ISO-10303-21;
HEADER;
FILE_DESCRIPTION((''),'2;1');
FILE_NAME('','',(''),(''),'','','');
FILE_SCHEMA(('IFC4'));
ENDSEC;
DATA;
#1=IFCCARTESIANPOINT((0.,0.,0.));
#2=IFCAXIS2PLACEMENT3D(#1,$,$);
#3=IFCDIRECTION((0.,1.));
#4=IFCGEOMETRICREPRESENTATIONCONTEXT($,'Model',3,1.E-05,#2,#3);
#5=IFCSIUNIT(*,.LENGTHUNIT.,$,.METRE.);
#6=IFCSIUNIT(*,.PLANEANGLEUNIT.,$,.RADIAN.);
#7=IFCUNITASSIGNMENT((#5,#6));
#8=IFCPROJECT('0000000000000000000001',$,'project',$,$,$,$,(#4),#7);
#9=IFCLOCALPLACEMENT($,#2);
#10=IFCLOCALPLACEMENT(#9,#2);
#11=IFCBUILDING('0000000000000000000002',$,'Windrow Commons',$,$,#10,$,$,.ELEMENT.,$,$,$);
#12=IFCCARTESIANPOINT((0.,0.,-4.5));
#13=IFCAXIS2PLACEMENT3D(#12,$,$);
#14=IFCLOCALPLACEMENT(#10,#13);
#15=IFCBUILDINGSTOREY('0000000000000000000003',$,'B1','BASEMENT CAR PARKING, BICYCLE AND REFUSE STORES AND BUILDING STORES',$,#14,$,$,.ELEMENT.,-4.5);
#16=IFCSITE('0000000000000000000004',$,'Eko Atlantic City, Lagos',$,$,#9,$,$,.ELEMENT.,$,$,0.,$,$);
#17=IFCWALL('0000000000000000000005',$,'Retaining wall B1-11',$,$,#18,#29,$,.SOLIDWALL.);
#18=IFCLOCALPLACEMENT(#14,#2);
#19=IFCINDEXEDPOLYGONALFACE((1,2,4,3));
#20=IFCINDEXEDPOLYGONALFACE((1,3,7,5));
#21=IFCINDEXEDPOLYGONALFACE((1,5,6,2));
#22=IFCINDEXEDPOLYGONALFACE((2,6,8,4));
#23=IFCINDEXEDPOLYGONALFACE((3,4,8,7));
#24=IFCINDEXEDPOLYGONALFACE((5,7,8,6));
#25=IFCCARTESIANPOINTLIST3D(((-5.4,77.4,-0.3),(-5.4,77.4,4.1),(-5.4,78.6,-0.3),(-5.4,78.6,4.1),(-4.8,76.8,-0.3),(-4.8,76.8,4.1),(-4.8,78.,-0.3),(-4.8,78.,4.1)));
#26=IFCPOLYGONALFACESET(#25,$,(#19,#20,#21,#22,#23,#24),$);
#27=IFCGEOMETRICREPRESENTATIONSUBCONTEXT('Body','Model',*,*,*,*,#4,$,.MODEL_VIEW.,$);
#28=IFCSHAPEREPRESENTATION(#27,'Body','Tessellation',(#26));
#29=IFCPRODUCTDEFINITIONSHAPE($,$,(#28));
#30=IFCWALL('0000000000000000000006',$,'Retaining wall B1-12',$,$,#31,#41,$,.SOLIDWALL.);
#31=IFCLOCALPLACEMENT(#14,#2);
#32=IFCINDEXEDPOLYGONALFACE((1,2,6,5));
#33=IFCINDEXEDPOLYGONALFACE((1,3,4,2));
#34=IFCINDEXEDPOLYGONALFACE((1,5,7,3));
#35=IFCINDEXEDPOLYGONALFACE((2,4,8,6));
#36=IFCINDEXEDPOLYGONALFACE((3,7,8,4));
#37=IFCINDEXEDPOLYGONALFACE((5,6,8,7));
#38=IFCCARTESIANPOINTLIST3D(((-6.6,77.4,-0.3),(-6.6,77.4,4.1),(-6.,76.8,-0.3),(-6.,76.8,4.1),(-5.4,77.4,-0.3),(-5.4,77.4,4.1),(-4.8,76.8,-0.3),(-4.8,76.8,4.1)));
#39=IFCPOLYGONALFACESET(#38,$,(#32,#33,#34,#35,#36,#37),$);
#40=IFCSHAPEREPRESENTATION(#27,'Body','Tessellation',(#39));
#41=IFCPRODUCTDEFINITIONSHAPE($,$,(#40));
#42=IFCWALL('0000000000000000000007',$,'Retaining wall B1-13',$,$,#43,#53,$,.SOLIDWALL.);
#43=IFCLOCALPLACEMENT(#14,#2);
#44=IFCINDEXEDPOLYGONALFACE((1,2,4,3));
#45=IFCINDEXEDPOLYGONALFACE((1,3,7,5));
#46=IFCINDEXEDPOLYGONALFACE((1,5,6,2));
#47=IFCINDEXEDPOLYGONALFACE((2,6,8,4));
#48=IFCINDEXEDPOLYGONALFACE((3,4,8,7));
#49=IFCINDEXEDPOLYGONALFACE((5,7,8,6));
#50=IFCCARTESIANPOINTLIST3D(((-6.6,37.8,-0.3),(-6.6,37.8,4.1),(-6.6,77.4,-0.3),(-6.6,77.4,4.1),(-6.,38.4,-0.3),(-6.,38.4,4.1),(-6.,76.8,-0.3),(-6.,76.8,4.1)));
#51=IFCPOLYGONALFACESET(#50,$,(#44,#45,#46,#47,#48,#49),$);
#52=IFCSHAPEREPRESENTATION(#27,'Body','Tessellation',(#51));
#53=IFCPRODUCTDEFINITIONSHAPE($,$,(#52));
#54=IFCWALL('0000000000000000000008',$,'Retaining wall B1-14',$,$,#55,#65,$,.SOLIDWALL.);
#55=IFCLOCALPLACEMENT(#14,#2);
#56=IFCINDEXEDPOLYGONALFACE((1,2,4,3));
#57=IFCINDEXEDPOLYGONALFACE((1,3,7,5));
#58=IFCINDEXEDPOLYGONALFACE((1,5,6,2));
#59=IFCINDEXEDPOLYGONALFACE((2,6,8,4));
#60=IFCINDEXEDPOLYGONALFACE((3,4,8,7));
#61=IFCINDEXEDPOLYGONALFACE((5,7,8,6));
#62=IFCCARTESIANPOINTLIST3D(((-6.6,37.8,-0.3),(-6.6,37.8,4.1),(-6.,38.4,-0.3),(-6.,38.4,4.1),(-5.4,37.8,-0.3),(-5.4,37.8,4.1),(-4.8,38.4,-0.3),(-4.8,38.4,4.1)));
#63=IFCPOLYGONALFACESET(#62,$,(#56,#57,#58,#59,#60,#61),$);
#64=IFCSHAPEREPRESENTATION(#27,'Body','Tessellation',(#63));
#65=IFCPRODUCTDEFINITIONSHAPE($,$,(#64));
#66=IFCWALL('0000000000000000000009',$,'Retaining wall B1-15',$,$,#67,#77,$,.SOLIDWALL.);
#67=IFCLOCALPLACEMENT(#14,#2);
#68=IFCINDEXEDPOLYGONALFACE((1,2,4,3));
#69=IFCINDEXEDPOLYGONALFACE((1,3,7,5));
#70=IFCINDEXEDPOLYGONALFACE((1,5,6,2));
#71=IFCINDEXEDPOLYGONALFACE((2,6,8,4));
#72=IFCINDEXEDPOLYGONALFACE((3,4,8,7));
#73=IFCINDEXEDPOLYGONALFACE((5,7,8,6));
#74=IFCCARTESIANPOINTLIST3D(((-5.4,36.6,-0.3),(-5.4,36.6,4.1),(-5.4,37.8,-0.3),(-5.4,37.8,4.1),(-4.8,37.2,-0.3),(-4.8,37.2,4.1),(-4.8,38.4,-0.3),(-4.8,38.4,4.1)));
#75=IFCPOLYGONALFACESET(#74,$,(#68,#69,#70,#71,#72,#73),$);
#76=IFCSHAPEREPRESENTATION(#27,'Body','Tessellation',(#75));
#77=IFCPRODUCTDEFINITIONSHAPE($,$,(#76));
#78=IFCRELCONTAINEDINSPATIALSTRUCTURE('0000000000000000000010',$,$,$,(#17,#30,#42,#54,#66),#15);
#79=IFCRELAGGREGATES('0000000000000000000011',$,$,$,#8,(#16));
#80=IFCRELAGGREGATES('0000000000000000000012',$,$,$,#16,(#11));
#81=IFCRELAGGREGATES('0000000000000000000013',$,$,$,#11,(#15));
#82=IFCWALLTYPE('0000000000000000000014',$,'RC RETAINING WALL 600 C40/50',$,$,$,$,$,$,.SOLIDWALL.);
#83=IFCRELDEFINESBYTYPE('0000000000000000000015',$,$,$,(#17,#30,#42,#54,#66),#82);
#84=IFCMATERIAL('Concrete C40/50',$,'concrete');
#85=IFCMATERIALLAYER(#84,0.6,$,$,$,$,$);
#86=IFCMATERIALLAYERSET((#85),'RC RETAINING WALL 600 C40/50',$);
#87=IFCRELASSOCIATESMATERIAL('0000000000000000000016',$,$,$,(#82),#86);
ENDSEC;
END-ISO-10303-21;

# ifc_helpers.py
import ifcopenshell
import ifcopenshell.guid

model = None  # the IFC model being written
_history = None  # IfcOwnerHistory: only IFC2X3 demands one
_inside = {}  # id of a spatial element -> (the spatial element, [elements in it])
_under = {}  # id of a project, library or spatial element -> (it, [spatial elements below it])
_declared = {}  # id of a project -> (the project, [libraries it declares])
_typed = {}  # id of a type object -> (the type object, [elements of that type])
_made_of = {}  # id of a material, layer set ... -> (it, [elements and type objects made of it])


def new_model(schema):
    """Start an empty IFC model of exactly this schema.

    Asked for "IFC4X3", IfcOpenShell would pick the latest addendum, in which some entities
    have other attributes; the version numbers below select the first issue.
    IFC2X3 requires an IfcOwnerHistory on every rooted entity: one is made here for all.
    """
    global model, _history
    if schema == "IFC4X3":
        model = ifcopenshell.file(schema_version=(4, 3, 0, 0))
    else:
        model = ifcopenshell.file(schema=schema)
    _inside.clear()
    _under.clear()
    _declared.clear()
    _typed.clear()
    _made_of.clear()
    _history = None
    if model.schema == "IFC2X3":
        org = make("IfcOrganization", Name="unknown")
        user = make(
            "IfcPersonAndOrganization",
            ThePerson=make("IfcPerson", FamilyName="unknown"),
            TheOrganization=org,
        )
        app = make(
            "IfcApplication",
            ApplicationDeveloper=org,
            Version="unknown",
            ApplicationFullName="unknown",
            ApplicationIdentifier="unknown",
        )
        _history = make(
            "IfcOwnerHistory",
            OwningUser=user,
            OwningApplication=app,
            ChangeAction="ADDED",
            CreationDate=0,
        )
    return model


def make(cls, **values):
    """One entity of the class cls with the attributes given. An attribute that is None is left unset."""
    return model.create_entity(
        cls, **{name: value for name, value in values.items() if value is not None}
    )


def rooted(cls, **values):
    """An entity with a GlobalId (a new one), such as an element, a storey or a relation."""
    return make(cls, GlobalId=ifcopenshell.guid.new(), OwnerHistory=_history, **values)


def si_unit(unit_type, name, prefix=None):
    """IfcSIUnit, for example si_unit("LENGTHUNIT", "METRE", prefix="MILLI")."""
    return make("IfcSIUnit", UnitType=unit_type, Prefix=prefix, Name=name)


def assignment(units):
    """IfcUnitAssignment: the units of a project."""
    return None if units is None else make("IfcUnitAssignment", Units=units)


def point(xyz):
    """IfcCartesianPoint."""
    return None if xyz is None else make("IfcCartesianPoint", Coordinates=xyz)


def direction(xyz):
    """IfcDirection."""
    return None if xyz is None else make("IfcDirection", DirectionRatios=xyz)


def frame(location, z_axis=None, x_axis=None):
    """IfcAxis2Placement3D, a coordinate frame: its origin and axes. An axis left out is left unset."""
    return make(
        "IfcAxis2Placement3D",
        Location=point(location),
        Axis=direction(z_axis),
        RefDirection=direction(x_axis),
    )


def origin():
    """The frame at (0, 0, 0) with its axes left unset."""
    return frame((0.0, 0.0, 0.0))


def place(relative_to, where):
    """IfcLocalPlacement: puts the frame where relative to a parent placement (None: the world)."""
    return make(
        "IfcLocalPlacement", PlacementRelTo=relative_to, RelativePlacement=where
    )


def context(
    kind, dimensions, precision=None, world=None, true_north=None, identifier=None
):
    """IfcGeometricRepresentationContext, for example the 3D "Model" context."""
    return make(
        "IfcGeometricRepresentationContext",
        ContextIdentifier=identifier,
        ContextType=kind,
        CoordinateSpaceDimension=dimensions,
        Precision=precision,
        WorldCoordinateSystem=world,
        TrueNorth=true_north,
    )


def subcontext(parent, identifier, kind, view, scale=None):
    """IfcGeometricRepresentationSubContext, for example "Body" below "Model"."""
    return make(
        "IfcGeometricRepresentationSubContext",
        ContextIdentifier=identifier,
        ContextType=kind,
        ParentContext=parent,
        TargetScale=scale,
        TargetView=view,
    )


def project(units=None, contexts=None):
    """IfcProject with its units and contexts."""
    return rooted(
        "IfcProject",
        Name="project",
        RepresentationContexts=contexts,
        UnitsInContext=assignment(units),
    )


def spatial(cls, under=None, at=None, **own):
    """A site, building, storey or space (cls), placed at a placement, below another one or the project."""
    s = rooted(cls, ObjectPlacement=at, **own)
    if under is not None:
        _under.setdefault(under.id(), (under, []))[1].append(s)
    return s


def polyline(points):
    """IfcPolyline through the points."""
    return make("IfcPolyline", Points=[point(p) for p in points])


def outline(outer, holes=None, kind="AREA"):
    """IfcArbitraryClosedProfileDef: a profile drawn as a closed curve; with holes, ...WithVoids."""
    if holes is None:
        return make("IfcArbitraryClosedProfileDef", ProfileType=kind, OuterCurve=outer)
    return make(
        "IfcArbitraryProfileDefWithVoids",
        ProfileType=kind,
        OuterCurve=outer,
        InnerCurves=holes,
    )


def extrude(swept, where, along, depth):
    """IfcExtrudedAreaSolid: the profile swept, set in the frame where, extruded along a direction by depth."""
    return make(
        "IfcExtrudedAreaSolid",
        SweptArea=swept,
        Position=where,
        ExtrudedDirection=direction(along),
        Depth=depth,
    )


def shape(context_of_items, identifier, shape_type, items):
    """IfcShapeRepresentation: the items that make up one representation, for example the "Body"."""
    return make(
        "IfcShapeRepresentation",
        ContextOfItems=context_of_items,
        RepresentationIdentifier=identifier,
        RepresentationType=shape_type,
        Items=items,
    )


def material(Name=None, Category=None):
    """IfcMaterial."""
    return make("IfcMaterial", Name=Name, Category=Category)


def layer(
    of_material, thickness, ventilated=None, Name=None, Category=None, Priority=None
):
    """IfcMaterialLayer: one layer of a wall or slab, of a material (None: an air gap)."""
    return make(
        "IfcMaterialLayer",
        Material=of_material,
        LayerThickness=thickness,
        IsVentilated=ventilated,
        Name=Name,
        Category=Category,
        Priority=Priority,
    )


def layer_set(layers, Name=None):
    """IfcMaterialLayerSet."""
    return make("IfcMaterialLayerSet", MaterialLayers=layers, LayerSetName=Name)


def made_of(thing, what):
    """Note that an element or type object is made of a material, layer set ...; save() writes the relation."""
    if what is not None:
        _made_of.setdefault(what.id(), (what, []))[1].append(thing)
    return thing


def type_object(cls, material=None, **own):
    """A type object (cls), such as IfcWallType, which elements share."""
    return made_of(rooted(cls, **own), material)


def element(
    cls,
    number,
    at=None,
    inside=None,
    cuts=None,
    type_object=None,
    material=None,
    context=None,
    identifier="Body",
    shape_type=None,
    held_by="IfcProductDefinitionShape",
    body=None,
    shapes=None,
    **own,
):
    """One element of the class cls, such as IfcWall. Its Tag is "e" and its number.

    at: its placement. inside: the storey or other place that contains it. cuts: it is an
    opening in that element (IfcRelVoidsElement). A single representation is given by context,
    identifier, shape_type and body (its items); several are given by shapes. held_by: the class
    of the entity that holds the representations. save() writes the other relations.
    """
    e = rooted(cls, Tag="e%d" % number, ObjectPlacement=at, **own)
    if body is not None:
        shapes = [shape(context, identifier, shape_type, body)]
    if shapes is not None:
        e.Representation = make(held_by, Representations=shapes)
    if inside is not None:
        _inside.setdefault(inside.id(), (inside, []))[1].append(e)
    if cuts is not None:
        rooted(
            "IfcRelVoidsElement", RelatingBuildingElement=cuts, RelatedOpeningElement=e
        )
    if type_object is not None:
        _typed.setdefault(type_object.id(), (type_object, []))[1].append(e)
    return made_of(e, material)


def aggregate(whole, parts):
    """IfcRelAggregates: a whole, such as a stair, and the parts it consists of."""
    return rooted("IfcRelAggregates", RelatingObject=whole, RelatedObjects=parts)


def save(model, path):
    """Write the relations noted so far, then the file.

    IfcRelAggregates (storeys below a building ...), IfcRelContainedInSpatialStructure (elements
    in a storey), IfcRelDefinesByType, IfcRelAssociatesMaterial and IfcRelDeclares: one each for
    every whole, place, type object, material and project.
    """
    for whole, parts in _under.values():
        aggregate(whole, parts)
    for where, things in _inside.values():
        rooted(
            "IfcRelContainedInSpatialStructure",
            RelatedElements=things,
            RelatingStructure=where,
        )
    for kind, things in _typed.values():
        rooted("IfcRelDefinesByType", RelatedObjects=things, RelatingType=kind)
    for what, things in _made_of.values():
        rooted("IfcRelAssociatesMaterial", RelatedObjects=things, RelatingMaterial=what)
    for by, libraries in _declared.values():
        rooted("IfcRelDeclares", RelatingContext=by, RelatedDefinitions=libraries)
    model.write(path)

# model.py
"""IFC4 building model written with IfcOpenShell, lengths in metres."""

from ifc_helpers import new_model, si_unit, direction, frame, origin, place, context, subcontext, project, spatial, polyline, outline, extrude, material, layer, layer_set, type_object, element, save


model = new_model("IFC4")

# Units and contexts
model_context = context("Model", 3, precision=1e-05, world=origin(), true_north=direction((0.0, 1.0)))
body_context = subcontext(model_context, "Body", "Model", "MODEL_VIEW")
ifc_project = project(units=[si_unit("LENGTHUNIT", "METRE"), si_unit("PLANEANGLEUNIT", "RADIAN")], contexts=[model_context])

# Site, building, storey
site_placement = place(None, origin())
site = spatial("IfcSite", under=ifc_project, at=site_placement, Name="Eko Atlantic City, Lagos", CompositionType="ELEMENT", RefElevation=0.0)
building_placement = place(site_placement, origin())
building = spatial("IfcBuilding", under=site, at=building_placement, Name="Windrow Commons", CompositionType="ELEMENT")
storey_placement = place(building_placement, frame((0.0, 0.0, -4.5)))
storey = spatial("IfcBuildingStorey", under=building, at=storey_placement, Name="B1", Description="BASEMENT CAR PARKING, BICYCLE AND REFUSE STORES AND BUILDING STORES", CompositionType="ELEMENT", Elevation=-4.5)

# Shared definitions
placement_1 = place(storey_placement, frame((0.0, 0.0, -0.3)))

# Walls
ifc_material_1 = material(Name="Concrete C40/50", Category="concrete")
ifc_layer_1 = layer(ifc_material_1, 0.6)
ifc_layer_set_1 = layer_set([ifc_layer_1], Name="RC RETAINING WALL 600 C40/50")
wall_type_1 = type_object("IfcWallType", Name="RC RETAINING WALL 600 C40/50", PredefinedType="SOLIDWALL", material=ifc_layer_set_1)
element("IfcWall", 1, at=placement_1, inside=storey, type_object=wall_type_1, Name="Retaining wall B1-11", PredefinedType="SOLIDWALL", context=body_context, shape_type="SweptSolid", body=[
    extrude(outline(polyline([(-4.8, 78.0), (-4.8, 76.8), (-5.4, 77.4), (-5.4, 78.6), (-4.8, 78.0)])), origin(), (0.0, 0.0, 1.0), 4.4),
])
element("IfcWall", 2, at=placement_1, inside=storey, type_object=wall_type_1, Name="Retaining wall B1-12", PredefinedType="SOLIDWALL", context=body_context, shape_type="SweptSolid", body=[
    extrude(outline(polyline([(-4.8, 76.8), (-6.0, 76.8), (-6.6, 77.4), (-5.4, 77.4), (-4.8, 76.8)])), origin(), (0.0, 0.0, 1.0), 4.4),
])
element("IfcWall", 3, at=placement_1, inside=storey, type_object=wall_type_1, Name="Retaining wall B1-13", PredefinedType="SOLIDWALL", context=body_context, shape_type="SweptSolid", body=[
    extrude(outline(polyline([(-6.0, 76.8), (-6.0, 38.4), (-6.6, 37.8), (-6.6, 77.4), (-6.0, 76.8)])), origin(), (0.0, 0.0, 1.0), 4.4),
])
element("IfcWall", 4, at=placement_1, inside=storey, type_object=wall_type_1, Name="Retaining wall B1-14", PredefinedType="SOLIDWALL", context=body_context, shape_type="SweptSolid", body=[
    extrude(outline(polyline([(-6.0, 38.4), (-4.8, 38.4), (-5.4, 37.8), (-6.6, 37.8), (-6.0, 38.4)])), origin(), (0.0, 0.0, 1.0), 4.4),
])
element("IfcWall", 5, at=placement_1, inside=storey, type_object=wall_type_1, Name="Retaining wall B1-15", PredefinedType="SOLIDWALL", context=body_context, shape_type="SweptSolid", body=[
    extrude(outline(polyline([(-4.8, 38.4), (-4.8, 37.2), (-5.4, 36.6), (-5.4, 37.8), (-4.8, 38.4)])), origin(), (0.0, 0.0, 1.0), 4.4),
])

save(model, "model.ifc")
